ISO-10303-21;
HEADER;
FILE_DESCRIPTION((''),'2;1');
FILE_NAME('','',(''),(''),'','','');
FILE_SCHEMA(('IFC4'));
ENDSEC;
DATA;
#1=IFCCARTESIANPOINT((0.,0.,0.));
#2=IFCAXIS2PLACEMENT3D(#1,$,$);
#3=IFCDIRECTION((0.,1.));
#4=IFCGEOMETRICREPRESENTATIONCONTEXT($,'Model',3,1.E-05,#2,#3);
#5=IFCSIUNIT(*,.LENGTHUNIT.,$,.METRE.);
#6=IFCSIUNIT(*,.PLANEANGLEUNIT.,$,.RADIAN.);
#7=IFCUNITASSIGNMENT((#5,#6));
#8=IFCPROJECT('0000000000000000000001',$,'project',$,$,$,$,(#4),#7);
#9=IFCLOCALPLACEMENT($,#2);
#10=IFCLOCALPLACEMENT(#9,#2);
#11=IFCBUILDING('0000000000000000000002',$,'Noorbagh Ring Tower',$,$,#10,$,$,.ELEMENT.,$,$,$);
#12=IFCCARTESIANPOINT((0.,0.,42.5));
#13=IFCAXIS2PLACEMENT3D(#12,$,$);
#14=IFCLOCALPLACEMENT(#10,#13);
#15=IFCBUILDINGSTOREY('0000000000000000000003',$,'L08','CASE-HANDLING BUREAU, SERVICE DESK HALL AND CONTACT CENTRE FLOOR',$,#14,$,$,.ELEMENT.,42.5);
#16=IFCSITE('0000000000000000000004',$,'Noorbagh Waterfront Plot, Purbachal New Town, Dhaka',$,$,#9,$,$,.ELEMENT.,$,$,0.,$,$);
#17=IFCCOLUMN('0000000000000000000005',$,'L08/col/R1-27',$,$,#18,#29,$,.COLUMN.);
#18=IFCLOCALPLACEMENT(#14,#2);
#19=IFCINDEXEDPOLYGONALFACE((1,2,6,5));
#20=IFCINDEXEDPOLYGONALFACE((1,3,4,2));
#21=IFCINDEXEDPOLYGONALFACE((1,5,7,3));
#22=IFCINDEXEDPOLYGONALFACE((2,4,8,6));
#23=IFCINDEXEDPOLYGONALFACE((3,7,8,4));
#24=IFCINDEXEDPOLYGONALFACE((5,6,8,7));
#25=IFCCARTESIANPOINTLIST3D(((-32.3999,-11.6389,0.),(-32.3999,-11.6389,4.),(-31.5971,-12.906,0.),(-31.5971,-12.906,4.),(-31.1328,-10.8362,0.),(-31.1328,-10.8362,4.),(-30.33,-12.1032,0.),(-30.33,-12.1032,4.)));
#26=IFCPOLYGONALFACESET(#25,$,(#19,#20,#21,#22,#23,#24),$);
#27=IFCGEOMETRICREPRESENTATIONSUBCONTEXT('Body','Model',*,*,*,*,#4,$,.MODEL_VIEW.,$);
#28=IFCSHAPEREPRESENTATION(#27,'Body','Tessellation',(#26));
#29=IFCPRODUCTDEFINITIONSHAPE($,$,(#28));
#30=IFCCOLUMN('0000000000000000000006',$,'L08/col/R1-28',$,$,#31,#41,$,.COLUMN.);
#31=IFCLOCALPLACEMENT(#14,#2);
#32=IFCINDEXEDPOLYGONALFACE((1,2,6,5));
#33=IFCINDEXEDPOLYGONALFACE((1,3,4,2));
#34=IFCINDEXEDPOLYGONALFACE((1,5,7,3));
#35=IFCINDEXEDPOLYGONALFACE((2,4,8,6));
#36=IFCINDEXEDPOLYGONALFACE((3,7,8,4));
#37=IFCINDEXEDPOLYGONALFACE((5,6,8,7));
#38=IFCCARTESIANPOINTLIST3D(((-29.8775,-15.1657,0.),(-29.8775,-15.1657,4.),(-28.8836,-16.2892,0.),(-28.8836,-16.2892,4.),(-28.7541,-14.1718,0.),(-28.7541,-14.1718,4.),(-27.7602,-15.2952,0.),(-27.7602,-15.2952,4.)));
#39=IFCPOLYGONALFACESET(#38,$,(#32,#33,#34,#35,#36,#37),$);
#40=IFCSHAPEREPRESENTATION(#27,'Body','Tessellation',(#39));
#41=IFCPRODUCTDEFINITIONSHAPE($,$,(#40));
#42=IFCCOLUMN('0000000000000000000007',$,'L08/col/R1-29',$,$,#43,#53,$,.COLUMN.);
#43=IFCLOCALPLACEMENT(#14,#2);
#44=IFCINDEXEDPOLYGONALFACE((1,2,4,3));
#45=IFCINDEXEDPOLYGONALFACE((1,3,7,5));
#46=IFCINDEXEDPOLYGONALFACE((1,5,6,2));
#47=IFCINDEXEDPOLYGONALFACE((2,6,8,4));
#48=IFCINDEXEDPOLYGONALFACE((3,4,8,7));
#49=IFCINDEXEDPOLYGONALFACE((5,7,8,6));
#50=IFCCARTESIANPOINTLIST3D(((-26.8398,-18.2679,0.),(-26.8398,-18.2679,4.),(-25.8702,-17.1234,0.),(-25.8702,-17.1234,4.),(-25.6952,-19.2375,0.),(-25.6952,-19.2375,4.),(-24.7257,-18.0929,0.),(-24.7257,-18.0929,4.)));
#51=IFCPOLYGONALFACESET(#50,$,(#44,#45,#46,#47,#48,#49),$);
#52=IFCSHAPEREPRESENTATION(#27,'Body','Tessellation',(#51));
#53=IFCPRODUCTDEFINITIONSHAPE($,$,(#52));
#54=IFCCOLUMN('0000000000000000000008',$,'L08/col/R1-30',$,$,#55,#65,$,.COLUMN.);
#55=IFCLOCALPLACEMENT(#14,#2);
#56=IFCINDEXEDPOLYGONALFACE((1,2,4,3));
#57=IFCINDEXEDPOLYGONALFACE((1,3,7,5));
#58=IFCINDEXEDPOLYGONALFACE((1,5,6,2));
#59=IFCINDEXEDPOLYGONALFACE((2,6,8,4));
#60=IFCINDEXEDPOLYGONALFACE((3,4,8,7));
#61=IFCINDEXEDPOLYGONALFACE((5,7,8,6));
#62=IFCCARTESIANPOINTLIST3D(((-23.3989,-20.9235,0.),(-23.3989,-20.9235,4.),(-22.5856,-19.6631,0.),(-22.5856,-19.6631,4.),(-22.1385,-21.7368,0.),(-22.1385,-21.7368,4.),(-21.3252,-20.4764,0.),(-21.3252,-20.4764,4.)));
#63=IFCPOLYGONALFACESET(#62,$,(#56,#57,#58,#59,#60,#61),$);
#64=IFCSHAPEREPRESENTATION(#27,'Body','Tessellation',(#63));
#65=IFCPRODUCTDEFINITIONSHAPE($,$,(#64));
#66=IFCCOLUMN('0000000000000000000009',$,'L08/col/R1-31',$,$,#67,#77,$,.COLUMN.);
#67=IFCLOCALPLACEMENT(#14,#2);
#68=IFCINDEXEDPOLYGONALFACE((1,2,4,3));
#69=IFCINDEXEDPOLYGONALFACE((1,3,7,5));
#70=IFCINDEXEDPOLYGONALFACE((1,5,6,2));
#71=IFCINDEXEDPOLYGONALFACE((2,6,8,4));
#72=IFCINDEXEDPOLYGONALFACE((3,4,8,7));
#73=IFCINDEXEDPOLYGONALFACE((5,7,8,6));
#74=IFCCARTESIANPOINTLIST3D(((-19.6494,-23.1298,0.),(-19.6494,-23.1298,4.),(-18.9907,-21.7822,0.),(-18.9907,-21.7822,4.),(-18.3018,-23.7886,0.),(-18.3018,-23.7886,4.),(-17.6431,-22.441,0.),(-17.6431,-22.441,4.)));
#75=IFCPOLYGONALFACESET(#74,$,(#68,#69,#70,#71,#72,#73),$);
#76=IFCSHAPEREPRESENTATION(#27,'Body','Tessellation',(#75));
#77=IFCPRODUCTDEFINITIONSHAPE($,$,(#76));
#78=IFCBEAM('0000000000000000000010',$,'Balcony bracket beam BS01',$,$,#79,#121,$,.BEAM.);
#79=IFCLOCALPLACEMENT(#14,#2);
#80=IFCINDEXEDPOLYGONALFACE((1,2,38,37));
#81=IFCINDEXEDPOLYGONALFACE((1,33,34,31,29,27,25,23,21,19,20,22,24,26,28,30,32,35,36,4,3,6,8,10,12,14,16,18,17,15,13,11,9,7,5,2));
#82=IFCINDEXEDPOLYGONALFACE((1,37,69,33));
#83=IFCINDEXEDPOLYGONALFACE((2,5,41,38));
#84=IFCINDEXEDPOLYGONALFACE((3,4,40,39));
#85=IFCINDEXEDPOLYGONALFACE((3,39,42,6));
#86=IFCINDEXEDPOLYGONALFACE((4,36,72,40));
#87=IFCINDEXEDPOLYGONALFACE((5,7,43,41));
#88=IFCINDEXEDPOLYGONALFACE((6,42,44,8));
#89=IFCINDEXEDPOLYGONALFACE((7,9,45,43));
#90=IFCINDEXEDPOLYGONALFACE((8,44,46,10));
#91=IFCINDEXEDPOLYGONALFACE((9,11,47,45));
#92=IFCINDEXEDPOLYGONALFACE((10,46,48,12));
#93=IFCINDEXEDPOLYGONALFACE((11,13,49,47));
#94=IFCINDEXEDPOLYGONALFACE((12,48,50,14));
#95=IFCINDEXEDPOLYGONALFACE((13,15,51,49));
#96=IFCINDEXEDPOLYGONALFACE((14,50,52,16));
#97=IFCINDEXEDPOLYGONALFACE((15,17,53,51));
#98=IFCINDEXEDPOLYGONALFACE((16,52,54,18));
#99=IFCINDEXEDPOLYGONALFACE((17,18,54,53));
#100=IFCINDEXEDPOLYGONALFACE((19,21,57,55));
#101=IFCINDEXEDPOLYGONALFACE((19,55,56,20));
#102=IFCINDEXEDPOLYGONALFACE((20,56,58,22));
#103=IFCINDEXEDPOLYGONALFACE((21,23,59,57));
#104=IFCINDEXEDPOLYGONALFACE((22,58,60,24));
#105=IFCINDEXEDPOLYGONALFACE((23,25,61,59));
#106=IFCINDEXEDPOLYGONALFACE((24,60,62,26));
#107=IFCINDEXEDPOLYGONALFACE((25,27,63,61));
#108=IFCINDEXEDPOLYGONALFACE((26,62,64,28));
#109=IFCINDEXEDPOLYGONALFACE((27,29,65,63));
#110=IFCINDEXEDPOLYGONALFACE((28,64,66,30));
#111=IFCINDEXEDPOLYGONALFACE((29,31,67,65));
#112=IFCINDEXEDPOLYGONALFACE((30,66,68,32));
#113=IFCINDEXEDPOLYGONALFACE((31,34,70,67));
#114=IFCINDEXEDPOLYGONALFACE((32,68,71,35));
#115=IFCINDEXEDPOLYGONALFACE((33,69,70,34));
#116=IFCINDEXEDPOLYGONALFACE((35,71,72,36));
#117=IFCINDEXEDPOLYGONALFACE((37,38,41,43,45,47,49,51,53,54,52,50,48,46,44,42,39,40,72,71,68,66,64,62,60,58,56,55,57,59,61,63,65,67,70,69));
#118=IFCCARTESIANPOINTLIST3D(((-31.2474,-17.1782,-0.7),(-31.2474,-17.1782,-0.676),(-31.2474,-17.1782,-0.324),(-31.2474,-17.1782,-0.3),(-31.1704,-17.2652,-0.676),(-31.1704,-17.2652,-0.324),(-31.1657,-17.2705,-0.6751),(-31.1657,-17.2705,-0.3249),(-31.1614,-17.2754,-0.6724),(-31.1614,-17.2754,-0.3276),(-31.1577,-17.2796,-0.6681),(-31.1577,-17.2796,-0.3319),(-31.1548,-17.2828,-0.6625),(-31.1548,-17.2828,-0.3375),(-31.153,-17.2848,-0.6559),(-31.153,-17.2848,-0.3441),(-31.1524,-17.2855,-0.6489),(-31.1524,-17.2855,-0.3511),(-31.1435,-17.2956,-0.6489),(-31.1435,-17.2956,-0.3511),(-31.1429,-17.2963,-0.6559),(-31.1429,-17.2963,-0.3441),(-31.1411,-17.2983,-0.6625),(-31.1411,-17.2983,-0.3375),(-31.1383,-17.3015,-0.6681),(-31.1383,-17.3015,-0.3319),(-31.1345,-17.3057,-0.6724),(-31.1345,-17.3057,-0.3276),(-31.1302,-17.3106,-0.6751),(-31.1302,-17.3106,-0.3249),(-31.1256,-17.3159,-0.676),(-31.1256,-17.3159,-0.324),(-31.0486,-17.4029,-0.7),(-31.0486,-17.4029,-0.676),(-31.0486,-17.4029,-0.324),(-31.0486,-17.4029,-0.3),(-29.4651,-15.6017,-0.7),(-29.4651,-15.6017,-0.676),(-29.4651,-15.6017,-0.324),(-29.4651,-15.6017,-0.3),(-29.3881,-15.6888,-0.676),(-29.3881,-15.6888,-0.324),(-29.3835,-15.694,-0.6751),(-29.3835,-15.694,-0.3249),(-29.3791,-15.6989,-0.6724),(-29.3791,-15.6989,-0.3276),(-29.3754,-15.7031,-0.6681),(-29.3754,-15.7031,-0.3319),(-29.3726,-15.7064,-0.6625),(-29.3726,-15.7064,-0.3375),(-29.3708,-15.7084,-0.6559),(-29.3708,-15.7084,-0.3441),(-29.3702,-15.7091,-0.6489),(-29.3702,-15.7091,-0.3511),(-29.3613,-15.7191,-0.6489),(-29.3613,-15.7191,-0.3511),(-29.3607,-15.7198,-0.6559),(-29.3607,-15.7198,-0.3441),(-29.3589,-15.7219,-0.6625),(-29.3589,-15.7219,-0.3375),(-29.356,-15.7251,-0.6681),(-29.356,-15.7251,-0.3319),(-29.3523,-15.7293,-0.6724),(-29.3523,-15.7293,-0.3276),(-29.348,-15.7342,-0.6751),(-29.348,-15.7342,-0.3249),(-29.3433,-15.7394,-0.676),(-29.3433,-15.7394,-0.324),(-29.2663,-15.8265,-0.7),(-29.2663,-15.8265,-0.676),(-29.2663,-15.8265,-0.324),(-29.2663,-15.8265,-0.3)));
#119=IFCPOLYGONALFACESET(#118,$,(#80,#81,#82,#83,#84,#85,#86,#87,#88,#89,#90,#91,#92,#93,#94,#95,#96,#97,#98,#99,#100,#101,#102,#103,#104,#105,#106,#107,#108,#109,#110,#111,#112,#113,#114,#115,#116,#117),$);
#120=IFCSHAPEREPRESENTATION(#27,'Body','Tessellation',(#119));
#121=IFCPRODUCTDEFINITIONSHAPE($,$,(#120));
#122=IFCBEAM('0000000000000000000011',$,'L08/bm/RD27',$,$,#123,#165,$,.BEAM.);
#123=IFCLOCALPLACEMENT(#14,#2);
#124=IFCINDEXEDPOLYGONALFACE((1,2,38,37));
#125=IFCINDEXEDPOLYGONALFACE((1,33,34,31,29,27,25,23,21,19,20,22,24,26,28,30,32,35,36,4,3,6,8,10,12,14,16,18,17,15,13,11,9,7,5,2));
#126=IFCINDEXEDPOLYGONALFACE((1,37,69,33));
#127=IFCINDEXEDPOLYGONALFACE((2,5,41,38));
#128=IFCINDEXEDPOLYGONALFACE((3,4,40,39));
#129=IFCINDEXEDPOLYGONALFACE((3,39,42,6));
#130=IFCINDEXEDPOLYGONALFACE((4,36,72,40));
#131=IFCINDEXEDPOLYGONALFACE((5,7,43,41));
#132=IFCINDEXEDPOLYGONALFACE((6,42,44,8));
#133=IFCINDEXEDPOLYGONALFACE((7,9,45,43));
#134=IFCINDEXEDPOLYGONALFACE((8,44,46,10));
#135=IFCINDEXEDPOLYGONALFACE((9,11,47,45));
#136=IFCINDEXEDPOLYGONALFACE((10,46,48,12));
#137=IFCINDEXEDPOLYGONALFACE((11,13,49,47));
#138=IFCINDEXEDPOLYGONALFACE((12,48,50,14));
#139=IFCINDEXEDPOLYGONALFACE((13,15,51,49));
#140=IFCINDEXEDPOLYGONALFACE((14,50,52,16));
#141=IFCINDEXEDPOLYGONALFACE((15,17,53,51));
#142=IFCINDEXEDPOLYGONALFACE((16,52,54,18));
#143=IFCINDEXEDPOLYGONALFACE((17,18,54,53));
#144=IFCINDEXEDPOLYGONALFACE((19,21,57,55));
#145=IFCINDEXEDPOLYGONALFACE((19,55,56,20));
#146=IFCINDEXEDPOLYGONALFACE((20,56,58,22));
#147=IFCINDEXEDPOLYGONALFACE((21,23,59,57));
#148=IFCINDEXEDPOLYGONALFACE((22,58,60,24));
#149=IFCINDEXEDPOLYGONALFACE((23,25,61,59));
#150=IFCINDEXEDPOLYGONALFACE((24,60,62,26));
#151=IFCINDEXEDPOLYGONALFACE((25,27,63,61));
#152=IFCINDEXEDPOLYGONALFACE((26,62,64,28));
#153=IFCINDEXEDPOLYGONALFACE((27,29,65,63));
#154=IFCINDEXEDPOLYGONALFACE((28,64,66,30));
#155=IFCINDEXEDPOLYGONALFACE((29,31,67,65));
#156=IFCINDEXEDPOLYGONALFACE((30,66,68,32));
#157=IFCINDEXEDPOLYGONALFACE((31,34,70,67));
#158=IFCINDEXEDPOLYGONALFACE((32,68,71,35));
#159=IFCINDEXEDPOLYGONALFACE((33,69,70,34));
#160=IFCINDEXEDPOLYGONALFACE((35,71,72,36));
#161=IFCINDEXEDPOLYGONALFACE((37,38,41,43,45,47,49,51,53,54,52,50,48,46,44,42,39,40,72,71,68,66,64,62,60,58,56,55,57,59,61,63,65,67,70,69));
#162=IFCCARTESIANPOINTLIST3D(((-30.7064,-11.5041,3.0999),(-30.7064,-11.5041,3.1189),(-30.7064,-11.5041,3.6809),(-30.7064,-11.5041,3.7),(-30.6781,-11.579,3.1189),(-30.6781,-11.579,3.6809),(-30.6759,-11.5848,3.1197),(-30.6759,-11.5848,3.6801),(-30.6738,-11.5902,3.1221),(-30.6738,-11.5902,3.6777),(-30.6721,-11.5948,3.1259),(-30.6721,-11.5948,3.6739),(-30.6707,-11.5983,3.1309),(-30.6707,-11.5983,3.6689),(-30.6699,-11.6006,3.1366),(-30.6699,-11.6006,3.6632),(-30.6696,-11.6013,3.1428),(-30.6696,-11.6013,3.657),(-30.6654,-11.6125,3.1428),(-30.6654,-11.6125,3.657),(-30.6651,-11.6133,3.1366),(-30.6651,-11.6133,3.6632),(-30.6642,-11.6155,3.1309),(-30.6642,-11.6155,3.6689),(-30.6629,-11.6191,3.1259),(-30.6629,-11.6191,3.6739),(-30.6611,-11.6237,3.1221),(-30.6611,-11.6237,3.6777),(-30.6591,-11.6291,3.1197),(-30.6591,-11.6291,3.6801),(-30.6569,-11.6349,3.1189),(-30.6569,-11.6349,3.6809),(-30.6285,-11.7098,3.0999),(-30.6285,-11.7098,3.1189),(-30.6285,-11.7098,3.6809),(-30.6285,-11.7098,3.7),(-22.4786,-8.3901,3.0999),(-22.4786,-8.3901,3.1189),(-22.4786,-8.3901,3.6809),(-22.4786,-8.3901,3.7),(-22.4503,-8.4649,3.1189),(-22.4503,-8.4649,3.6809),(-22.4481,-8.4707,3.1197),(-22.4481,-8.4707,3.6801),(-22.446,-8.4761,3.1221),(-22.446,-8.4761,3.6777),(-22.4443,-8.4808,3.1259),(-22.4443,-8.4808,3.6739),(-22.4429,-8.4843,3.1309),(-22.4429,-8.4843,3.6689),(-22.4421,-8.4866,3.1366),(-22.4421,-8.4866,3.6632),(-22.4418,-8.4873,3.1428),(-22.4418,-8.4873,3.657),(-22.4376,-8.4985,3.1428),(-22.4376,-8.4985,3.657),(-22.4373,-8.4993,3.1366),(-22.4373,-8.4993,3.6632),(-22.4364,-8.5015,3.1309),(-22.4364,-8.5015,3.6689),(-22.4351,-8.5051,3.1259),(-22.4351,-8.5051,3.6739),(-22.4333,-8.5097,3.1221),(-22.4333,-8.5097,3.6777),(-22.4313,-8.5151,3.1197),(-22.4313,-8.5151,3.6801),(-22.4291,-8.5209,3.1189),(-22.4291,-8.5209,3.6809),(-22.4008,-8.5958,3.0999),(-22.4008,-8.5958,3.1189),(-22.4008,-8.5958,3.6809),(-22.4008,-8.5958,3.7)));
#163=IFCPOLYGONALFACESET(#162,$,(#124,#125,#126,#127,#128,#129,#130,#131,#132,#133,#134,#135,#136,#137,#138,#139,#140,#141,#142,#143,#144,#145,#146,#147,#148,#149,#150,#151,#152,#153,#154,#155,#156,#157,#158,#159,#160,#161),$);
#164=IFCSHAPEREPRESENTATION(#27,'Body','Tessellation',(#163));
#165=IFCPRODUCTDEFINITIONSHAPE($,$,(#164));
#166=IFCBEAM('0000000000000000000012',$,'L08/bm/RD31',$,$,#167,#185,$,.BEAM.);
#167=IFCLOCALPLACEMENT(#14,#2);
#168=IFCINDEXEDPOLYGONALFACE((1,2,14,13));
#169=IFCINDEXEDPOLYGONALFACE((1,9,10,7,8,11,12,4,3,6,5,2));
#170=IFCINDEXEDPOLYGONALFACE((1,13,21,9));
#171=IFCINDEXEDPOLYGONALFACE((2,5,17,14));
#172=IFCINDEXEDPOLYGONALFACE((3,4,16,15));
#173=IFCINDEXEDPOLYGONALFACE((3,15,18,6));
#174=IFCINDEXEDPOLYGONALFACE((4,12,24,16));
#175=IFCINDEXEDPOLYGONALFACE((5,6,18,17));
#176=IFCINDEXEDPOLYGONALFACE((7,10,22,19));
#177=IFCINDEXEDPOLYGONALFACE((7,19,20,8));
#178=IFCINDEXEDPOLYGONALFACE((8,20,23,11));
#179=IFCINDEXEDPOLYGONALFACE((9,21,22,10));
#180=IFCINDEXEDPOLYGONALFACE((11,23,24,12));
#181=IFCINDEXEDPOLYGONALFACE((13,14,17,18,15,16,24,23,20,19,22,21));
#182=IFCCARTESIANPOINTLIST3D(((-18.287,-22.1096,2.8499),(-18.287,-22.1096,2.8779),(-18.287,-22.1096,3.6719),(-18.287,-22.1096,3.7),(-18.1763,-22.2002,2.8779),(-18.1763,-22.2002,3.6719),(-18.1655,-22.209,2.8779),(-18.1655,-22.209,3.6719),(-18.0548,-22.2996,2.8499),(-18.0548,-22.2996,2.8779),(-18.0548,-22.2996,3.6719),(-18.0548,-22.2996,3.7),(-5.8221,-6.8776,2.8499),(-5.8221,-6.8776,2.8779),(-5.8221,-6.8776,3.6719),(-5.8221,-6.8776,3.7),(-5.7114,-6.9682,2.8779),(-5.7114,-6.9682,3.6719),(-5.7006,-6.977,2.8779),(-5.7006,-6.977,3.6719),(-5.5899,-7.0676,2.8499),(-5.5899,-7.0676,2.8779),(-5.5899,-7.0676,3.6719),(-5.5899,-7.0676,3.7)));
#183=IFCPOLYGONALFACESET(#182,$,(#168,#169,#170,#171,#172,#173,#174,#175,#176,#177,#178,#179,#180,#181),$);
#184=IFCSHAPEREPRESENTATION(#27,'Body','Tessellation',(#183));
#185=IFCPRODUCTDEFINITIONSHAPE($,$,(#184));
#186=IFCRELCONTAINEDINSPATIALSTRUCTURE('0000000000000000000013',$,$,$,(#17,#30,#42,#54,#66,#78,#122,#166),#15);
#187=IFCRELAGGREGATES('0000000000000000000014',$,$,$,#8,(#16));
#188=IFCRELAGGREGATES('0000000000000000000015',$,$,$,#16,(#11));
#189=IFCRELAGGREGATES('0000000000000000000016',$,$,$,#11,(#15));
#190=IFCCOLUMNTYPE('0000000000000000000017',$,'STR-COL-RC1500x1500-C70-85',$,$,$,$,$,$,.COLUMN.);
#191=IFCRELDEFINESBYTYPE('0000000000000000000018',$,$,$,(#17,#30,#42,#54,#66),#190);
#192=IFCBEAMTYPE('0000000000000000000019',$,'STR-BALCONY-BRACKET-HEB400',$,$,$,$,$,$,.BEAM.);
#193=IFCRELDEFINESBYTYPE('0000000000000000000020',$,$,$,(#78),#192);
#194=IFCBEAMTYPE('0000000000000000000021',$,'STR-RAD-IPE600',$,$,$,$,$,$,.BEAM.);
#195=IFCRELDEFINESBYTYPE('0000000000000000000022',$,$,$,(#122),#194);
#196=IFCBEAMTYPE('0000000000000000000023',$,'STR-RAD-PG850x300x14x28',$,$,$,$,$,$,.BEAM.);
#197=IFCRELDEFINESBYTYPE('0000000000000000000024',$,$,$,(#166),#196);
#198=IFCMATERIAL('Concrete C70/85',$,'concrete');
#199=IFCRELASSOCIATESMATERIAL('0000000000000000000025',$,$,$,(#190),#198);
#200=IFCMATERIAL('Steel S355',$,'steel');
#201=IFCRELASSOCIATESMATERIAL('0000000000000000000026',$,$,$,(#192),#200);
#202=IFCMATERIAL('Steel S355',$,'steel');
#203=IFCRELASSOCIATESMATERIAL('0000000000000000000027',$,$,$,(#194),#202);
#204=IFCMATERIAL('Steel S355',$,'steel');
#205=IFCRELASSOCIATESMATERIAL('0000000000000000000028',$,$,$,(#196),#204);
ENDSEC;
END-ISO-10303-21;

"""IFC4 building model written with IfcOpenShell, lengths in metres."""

from ifc_helpers import new_model, si_unit, direction, frame, origin, origin_2d, place, context, subcontext, project, spatial, rectangle, i_section, extrude, material, material_profile, profile_set, type_object, element, save


model = new_model("IFC4")

# Units and contexts
model_context = context("Model", 3, precision=1e-05, world=origin(), true_north=direction((0.0, 1.0)))
body_context = subcontext(model_context, "Body", "Model", "MODEL_VIEW")
ifc_project = project(units=[si_unit("LENGTHUNIT", "METRE"), si_unit("PLANEANGLEUNIT", "RADIAN")], contexts=[model_context])

# Site, building, storey
site_placement = place(None, origin())
site = spatial("IfcSite", under=ifc_project, at=site_placement, Name="Noorbagh Waterfront Plot, Purbachal New Town, Dhaka", CompositionType="ELEMENT", RefElevation=0.0)
building_placement = place(site_placement, origin())
building = spatial("IfcBuilding", under=site, at=building_placement, Name="Noorbagh Ring Tower", CompositionType="ELEMENT")
storey_placement = place(building_placement, frame((0.0, 0.0, 42.5)))
storey = spatial("IfcBuildingStorey", under=building, at=storey_placement, Name="L08", Description="CASE-HANDLING BUREAU, SERVICE DESK HALL AND CONTACT CENTRE FLOOR", CompositionType="ELEMENT", Elevation=42.5)

# Columns
ifc_material_1 = material(Name="Concrete C70/85", Category="concrete")
ifc_material_profile_1 = material_profile(ifc_material_1, rectangle(XDim=1.5, YDim=1.5, at=origin_2d()), Name="RC1500x1500")
ifc_profile_set_1 = profile_set([ifc_material_profile_1], Name="Concrete C70/85")
column_type = type_object("IfcColumnType", Name="STR-COL-RC1500x1500-C70-85", PredefinedType="COLUMN", material=ifc_profile_set_1)
for number, where, z_axis, x_axis, name in (
    (1, (-31.365, -11.8711, 0.0), (0.0, 0.0, 1.0), (0.53519, -0.844731, 0.0), "L08/col/R1-27"),
    (2, (-28.8188, -15.2305, 0.0), (0.0, 0.0, 1.0), (0.662636, -0.748942, 0.0), "L08/col/R1-28"),
    (3, (-25.7827, -18.1804, 0.0), (0.0, 0.0, 1.0), (0.763035, -0.646357, 0.0), "L08/col/R1-29"),
    (4, (-22.3621, -20.7, 0.0), (0.0, 0.0, 1.0), (0.840248, -0.542203, 0.0), "L08/col/R1-30"),
    (5, (-18.6462, -22.7854, 0.0), (0.0, 0.0, 1.0), (0.898399, -0.43918, 0.0), "L08/col/R1-31"),
):
    element("IfcColumn", number, at=place(storey_placement, frame(where, z_axis=z_axis, x_axis=x_axis)), inside=storey, type_object=column_type, Name=name, PredefinedType="COLUMN", context=body_context, shape_type="SweptSolid", body=[
        extrude(rectangle(XDim=1.5, YDim=1.5, at=origin_2d()), origin(), (0.0, 0.0, 1.0), 4.0),
    ])

# Beams
ifc_material_2 = material(Name="Steel S355", Category="steel")
ifc_material_profile_2 = material_profile(ifc_material_2, i_section(OverallWidth=0.3, OverallDepth=0.3999, WebThickness=0.0134, FlangeThickness=0.0239, FilletRadius=0.0271, at=origin_2d()), Name="HEB400")
ifc_profile_set_2 = profile_set([ifc_material_profile_2], Name="Steel S355")
beam_type_1 = type_object("IfcBeamType", Name="STR-BALCONY-BRACKET-HEB400", PredefinedType="BEAM", material=ifc_profile_set_2)
beam_1_placement = place(storey_placement, frame((-29.3657, -15.7141, -0.5), z_axis=(-0.749032, -0.662534, 0.0), x_axis=(0.662534, -0.749032, 0.0)))
element("IfcBeam", 6, at=beam_1_placement, inside=storey, type_object=beam_type_1, Name="Balcony bracket beam BS01", PredefinedType="BEAM", context=body_context, shape_type="SweptSolid", body=[
    extrude(i_section(OverallWidth=0.3, OverallDepth=0.3999, WebThickness=0.0134, FlangeThickness=0.0239, FilletRadius=0.0271, at=origin_2d()), origin(), (0.0, 0.0, 1.0), 2.3794),
])
ifc_material_3 = material(Name="Steel S355", Category="steel")
ifc_material_profile_3 = material_profile(ifc_material_3, i_section(OverallWidth=0.22, OverallDepth=0.6001, WebThickness=0.012, FlangeThickness=0.019, FilletRadius=0.0239, at=origin_2d()), Name="IPE600")
ifc_profile_set_3 = profile_set([ifc_material_profile_3], Name="Steel S355")
beam_type_2 = type_object("IfcBeamType", Name="STR-RAD-IPE600", PredefinedType="BEAM", material=ifc_profile_set_3)
beam_2_placement = place(storey_placement, frame((-30.6675, -11.6069, 3.3999), z_axis=(0.935256, 0.353971, 0.0), x_axis=(-0.353971, 0.935256, 0.0)))
element("IfcBeam", 7, at=beam_2_placement, inside=storey, type_object=beam_type_2, Name="L08/bm/RD27", PredefinedType="BEAM", context=body_context, shape_type="SweptSolid", body=[
    extrude(i_section(OverallWidth=0.22, OverallDepth=0.6001, WebThickness=0.012, FlangeThickness=0.019, FilletRadius=0.0239, at=origin_2d()), origin(), (0.0, 0.0, 1.0), 8.7974),
])
ifc_material_4 = material(Name="Steel S355", Category="steel")
ifc_material_profile_4 = material_profile(ifc_material_4, i_section(OverallWidth=0.3, OverallDepth=0.8501, WebThickness=0.0139, FlangeThickness=0.0281, at=origin_2d()), Name="PG850x300x14x28")
ifc_profile_set_4 = profile_set([ifc_material_profile_4], Name="Steel S355")
beam_type_3 = type_object("IfcBeamType", Name="STR-RAD-PG850x300x14x28", PredefinedType="BEAM", material=ifc_profile_set_4)
beam_3_placement = place(storey_placement, frame((-18.1709, -22.2046, 3.2749), z_axis=(0.633309, 0.773899, 0.0), x_axis=(-0.773899, 0.633309, 0.0)))
element("IfcBeam", 8, at=beam_3_placement, inside=storey, type_object=beam_type_3, Name="L08/bm/RD31", PredefinedType="BEAM", context=body_context, shape_type="SweptSolid", body=[
    extrude(i_section(OverallWidth=0.3, OverallDepth=0.8501, WebThickness=0.0139, FlangeThickness=0.0281, at=origin_2d()), origin(), (0.0, 0.0, 1.0), 19.6821),
])

save(model, "model.ifc")
